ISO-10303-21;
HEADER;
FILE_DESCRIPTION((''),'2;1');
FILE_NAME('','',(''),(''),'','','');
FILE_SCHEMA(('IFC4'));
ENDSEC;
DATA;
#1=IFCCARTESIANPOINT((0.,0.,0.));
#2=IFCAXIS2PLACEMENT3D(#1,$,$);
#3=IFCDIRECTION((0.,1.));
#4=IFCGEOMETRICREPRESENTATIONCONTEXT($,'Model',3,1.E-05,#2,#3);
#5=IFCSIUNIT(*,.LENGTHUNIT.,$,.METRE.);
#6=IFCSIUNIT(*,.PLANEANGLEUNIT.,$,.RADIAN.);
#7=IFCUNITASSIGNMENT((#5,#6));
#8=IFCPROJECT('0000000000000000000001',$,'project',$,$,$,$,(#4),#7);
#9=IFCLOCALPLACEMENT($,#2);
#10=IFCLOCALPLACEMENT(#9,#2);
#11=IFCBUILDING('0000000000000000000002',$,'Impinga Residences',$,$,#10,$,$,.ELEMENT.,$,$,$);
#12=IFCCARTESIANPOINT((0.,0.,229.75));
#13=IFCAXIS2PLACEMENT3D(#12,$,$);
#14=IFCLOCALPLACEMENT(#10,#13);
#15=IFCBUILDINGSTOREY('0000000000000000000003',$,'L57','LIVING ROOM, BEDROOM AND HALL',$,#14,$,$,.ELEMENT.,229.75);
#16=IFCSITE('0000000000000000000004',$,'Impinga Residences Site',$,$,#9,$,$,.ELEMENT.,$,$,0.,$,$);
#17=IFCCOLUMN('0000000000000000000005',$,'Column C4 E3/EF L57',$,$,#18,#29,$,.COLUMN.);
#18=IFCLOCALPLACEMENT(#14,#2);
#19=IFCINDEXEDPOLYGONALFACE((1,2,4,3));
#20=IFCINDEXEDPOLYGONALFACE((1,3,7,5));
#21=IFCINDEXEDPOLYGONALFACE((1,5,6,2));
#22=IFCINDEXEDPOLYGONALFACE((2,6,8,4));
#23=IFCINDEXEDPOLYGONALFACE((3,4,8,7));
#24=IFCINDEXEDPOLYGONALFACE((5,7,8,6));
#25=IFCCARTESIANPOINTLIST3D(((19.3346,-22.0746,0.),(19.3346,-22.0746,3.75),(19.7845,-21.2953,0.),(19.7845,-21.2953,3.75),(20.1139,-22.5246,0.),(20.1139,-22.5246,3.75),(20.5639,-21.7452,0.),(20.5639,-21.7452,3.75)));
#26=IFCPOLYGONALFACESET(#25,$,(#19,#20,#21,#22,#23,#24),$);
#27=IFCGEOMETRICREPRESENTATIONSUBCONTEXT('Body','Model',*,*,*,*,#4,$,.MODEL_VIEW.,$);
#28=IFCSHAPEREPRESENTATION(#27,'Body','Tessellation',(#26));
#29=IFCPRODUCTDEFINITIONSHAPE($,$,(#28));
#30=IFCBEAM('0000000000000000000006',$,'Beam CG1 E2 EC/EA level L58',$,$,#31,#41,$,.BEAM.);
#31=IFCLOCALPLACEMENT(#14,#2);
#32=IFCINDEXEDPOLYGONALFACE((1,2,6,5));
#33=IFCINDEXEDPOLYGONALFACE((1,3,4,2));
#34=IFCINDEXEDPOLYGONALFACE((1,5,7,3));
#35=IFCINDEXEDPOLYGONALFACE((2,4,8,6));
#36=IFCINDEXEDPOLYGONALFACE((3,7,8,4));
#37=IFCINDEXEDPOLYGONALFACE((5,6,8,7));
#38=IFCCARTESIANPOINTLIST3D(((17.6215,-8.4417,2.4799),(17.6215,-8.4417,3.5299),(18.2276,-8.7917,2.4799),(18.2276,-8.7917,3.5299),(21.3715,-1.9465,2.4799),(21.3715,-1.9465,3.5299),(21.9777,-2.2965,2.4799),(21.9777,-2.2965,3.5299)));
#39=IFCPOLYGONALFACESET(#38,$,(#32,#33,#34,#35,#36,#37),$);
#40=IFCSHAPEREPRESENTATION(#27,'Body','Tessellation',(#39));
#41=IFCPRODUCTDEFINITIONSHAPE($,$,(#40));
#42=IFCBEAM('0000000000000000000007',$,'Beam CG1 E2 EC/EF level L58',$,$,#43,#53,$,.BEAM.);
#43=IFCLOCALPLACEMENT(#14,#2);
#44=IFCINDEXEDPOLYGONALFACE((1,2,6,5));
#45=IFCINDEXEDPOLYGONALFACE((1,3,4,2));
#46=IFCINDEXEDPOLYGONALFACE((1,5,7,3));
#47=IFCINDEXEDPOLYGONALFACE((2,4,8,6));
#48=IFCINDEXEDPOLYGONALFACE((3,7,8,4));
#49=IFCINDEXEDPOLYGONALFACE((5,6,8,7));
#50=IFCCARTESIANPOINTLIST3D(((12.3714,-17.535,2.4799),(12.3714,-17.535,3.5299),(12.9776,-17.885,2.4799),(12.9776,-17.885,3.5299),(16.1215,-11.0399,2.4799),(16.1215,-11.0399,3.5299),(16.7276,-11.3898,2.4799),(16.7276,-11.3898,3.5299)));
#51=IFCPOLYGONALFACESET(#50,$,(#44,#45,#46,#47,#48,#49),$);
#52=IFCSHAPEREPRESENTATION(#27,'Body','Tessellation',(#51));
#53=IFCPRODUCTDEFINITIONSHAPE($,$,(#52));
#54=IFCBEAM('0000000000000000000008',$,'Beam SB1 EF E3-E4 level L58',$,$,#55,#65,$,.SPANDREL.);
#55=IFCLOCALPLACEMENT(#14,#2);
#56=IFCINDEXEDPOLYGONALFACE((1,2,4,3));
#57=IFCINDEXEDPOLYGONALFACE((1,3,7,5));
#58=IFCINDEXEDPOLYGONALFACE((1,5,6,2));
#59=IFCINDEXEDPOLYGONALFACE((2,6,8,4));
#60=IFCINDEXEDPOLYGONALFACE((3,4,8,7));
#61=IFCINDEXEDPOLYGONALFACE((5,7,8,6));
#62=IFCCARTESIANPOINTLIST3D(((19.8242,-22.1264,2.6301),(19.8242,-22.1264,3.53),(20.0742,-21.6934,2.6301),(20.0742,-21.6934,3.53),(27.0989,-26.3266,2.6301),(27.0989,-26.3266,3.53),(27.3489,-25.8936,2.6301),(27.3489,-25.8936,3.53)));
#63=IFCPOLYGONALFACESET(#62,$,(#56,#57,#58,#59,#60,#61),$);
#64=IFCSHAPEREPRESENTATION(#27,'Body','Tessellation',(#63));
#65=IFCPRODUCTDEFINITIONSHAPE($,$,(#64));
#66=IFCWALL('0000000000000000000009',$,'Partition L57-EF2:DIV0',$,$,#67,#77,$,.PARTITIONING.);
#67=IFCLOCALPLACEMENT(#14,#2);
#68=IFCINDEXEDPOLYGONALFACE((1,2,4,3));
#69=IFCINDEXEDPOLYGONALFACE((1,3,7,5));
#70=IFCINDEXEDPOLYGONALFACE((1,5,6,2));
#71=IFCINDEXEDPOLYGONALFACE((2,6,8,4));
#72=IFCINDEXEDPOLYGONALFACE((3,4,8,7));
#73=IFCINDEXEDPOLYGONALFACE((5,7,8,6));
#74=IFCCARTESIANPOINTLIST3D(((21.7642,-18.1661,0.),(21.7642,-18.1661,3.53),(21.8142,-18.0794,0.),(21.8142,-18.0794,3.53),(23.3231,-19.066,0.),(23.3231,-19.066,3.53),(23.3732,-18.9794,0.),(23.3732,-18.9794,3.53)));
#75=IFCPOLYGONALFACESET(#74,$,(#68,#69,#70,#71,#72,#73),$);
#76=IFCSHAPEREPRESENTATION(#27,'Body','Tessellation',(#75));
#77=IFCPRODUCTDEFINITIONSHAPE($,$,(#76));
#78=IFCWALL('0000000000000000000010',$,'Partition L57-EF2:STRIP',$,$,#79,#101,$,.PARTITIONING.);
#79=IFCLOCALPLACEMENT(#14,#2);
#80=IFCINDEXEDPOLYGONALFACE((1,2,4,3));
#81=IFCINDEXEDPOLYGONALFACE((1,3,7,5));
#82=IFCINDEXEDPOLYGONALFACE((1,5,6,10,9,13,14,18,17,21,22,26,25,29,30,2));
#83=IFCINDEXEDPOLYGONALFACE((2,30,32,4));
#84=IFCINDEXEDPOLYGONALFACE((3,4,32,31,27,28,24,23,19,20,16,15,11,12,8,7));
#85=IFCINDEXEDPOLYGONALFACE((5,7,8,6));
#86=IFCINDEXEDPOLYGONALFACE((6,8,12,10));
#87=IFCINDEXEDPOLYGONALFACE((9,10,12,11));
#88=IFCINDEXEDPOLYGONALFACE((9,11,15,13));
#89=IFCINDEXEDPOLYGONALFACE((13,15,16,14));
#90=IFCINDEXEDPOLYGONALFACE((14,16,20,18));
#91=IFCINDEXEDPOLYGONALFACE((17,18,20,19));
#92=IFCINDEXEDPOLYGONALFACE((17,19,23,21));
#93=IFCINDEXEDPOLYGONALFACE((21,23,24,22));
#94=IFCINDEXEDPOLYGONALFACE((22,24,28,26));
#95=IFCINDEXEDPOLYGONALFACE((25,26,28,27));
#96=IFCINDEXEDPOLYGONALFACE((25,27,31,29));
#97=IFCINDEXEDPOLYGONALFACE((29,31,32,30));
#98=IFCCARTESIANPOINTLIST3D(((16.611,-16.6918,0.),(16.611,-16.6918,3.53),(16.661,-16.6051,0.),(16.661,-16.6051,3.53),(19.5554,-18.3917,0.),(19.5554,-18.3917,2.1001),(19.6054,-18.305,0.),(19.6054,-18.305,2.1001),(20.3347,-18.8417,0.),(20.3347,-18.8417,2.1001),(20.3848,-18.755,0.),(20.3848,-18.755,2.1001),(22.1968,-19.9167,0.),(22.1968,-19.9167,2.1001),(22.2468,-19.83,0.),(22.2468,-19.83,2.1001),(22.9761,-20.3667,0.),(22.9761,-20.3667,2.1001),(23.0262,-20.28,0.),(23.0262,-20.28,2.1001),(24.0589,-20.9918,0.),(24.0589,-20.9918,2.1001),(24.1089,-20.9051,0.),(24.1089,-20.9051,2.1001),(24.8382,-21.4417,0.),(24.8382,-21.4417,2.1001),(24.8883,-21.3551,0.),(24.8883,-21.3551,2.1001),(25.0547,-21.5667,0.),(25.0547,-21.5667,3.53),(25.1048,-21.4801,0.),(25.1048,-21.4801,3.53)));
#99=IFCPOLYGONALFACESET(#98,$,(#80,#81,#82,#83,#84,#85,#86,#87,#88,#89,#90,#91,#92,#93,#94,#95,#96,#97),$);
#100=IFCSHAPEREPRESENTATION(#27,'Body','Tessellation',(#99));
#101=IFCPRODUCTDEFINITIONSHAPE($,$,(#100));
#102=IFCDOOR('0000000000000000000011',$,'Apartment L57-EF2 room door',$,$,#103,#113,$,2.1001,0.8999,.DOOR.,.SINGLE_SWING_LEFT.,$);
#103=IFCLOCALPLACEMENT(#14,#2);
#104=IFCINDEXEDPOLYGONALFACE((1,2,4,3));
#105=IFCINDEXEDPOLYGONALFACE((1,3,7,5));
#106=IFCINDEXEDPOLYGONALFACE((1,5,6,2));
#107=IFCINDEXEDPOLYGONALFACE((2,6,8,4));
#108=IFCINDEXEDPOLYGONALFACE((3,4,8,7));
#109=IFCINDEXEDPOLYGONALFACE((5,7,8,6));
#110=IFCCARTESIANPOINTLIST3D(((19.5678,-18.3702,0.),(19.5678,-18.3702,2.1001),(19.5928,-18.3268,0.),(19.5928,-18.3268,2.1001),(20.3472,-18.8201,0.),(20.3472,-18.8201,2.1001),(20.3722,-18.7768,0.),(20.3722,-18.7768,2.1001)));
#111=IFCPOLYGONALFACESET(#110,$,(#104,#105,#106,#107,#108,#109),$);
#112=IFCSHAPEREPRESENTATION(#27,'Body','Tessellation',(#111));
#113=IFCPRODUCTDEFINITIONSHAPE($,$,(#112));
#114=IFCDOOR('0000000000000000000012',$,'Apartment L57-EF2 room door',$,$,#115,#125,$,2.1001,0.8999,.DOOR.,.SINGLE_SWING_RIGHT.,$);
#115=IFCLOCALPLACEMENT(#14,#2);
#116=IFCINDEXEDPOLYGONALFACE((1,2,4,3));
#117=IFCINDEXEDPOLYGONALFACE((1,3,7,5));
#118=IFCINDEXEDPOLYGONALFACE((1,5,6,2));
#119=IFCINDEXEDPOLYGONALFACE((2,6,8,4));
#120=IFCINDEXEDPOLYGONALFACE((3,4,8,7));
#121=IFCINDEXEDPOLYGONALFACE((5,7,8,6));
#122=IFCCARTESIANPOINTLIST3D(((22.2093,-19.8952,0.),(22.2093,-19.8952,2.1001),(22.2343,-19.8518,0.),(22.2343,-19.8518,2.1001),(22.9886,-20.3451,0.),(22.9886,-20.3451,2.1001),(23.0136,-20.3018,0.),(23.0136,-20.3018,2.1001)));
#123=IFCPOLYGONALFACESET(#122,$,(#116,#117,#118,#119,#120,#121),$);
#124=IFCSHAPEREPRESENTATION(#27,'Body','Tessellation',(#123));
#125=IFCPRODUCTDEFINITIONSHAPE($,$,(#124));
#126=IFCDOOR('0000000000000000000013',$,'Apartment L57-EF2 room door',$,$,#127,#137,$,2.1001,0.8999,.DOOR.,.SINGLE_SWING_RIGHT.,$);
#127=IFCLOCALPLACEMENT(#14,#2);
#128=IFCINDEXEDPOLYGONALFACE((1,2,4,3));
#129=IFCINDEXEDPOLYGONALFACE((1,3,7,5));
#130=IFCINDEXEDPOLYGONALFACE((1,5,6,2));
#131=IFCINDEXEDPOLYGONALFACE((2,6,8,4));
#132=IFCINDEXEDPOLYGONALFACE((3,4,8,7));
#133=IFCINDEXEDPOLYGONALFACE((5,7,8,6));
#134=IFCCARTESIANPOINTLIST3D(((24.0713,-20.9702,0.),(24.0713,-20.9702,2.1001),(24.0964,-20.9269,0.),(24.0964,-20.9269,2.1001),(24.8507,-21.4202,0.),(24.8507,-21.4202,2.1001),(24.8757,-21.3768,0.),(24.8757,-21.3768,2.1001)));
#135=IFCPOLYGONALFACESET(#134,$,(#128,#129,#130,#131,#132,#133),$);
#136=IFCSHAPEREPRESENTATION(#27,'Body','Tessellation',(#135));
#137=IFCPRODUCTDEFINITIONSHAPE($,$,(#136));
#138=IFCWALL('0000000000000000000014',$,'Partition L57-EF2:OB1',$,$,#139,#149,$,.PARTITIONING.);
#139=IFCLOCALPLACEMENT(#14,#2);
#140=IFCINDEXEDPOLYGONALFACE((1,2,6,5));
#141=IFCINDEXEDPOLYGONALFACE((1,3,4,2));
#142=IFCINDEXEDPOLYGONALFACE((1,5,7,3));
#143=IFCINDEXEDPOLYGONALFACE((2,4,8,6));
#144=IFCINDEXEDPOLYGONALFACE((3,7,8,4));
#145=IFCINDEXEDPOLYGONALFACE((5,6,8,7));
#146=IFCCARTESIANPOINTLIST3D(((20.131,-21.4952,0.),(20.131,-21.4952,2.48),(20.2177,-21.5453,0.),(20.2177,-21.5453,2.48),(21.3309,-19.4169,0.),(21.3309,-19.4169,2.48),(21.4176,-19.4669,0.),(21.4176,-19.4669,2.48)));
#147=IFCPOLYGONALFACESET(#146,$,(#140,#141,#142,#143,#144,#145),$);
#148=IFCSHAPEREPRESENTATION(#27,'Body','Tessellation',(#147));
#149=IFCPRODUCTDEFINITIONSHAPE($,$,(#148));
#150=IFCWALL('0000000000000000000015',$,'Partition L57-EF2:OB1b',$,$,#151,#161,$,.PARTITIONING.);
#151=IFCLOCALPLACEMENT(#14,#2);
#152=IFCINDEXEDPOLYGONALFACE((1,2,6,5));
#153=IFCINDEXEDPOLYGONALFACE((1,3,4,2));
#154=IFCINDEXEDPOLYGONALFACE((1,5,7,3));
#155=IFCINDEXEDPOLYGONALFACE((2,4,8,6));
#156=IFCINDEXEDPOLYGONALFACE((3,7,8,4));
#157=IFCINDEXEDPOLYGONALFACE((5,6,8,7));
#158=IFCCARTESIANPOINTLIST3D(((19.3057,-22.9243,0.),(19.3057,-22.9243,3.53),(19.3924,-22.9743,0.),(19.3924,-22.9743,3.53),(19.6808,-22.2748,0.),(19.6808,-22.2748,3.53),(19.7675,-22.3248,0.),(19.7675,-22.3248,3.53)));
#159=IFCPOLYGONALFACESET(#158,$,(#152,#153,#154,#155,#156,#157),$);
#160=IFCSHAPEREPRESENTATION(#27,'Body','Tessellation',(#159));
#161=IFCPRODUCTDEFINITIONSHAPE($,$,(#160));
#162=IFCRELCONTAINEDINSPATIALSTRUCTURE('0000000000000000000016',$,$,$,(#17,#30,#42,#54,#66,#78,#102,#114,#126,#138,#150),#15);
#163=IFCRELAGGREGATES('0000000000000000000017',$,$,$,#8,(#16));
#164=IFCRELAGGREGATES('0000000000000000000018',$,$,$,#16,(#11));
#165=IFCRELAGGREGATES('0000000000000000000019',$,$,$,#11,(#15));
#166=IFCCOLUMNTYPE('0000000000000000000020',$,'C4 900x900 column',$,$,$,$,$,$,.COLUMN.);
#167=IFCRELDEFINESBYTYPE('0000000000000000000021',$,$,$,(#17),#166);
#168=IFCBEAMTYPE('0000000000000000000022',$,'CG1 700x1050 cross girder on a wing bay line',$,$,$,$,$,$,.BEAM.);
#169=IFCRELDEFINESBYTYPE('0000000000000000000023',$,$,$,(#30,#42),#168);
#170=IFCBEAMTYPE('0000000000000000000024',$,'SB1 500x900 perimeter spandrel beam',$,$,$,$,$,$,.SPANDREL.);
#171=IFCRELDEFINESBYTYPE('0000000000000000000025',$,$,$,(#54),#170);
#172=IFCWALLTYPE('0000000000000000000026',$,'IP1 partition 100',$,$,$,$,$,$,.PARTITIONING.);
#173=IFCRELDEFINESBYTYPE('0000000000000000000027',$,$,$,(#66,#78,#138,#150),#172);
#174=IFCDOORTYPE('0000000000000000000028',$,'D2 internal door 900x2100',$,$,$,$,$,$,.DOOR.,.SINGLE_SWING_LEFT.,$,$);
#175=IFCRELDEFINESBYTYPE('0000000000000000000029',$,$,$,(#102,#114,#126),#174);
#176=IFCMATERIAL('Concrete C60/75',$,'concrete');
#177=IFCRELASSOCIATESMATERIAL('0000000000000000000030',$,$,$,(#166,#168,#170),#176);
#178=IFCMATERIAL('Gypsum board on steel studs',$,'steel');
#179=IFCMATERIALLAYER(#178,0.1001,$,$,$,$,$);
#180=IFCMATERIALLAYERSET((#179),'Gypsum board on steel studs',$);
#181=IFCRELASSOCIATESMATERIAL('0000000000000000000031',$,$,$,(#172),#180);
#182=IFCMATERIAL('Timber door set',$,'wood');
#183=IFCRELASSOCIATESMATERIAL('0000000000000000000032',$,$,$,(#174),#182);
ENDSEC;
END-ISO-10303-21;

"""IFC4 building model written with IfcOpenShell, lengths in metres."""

from ifc_helpers import new_model, si_unit, direction, frame, frame_2d, origin, origin_2d, place, context, subcontext, project, spatial, rectangle, extrude, material, layer, layer_set, material_profile, profile_set, type_object, element, fill, save


model = new_model("IFC4")

# Units and contexts
model_context = context("Model", 3, precision=1e-05, world=origin(), true_north=direction((0.0, 1.0)))
body_context = subcontext(model_context, "Body", "Model", "MODEL_VIEW")
ifc_project = project(units=[si_unit("LENGTHUNIT", "METRE"), si_unit("PLANEANGLEUNIT", "RADIAN")], contexts=[model_context])

# Site, building, storey
site_placement = place(None, origin())
site = spatial("IfcSite", under=ifc_project, at=site_placement, Name="Impinga Residences Site", CompositionType="ELEMENT", RefElevation=0.0)
building_placement = place(site_placement, origin())
building = spatial("IfcBuilding", under=site, at=building_placement, Name="Impinga Residences", CompositionType="ELEMENT")
storey_placement = place(building_placement, frame((0.0, 0.0, 229.75)))
storey = spatial("IfcBuildingStorey", under=building, at=storey_placement, Name="L57", Description="LIVING ROOM, BEDROOM AND HALL", CompositionType="ELEMENT", Elevation=229.75)

# Column
ifc_material_1 = material(Name="Concrete C60/75", Category="concrete")
ifc_material_profile_1 = material_profile(ifc_material_1, rectangle(XDim=0.8999, YDim=0.8999, at=origin_2d()), Name="RC 900x900")
ifc_profile_set_1 = profile_set([ifc_material_profile_1], Name="Concrete C60/75")
column_type = type_object("IfcColumnType", Name="C4 900x900 column", PredefinedType="COLUMN", material=ifc_profile_set_1)
column_placement = place(storey_placement, frame((19.9492, -21.9099, 0.0), z_axis=(0.0, 0.0, 1.0), x_axis=(-0.5, -0.866025, 0.0)))
element("IfcColumn", 1, at=column_placement, inside=storey, type_object=column_type, Name="Column C4 E3/EF L57", PredefinedType="COLUMN", context=body_context, shape_type="SweptSolid", body=[
    extrude(rectangle(XDim=0.8999, YDim=0.8999, at=origin_2d()), origin(), (0.0, 0.0, 1.0), 3.75),
])

# Beams
ifc_material_profile_2 = material_profile(ifc_material_1, rectangle(XDim=0.7, YDim=1.05, at=origin_2d()), Name="RC 700x1050")
ifc_profile_set_2 = profile_set([ifc_material_profile_2], Name="Concrete C60/75")
beam_type_1 = type_object("IfcBeamType", Name="CG1 700x1050 cross girder on a wing bay line", PredefinedType="BEAM", material=ifc_profile_set_2)
for number, where, z_axis, x_axis, name in (
    (2, (17.9246, -8.6167, 3.0049), (0.500004, 0.866023, 0.0), (-0.866023, 0.500004, 0.0), "Beam CG1 E2 EC/EA level L58"),
    (3, (16.4246, -11.2148, 3.0049), (-0.500004, -0.866023, 0.0), (0.866023, -0.500004, 0.0), "Beam CG1 E2 EC/EF level L58"),
):
    element("IfcBeam", number, at=place(storey_placement, frame(where, z_axis=z_axis, x_axis=x_axis)), inside=storey, type_object=beam_type_1, Name=name, PredefinedType="BEAM", context=body_context, shape_type="SweptSolid", body=[
        extrude(rectangle(XDim=0.7, YDim=1.05, at=origin_2d()), origin(), (0.0, 0.0, 1.0), 7.5),
    ])
ifc_material_profile_3 = material_profile(ifc_material_1, rectangle(XDim=0.5, YDim=0.8999, at=origin_2d()), Name="RC 500x900")
ifc_profile_set_3 = profile_set([ifc_material_profile_3], Name="Concrete C60/75")
beam_type_2 = type_object("IfcBeamType", Name="SB1 500x900 perimeter spandrel beam", PredefinedType="SPANDREL", material=ifc_profile_set_3)
beam_placement = place(storey_placement, frame((19.9492, -21.9099, 3.0801), z_axis=(0.866017, -0.500015, 0.0), x_axis=(0.500015, 0.866017, 0.0)))
element("IfcBeam", 4, at=beam_placement, inside=storey, type_object=beam_type_2, Name="Beam SB1 EF E3-E4 level L58", PredefinedType="SPANDREL", context=body_context, shape_type="SweptSolid", body=[
    extrude(rectangle(XDim=0.5, YDim=0.8999, at=origin_2d()), origin(), (0.0, 0.0, 1.0), 8.4001),
])

# Wall
ifc_material_2 = material(Name="Gypsum board on steel studs", Category="steel")
ifc_layer_1 = layer(ifc_material_2, 0.1001)
ifc_layer_set_1 = layer_set([ifc_layer_1], Name="Gypsum board on steel studs")
wall_type_1 = type_object("IfcWallType", Name="IP1 partition 100", PredefinedType="PARTITIONING", material=ifc_layer_set_1)
wall_1_placement = place(storey_placement, frame((21.7893, -18.1228, 0.0), z_axis=(0.0, 0.0, 1.0), x_axis=(0.866048, -0.499961, 0.0)))
element("IfcWall", 5, at=wall_1_placement, inside=storey, type_object=wall_type_1, Name="Partition L57-EF2:DIV0", PredefinedType="PARTITIONING", context=body_context, shape_type="SweptSolid", body=[
    extrude(rectangle(XDim=1.8, YDim=0.1001, at=frame_2d((0.8999, 0.0))), origin(), (0.0, 0.0, 1.0), 3.53),
])

# Wall, openings, doors
wall_2_placement = place(storey_placement, frame((16.636, -16.6484, 0.0), z_axis=(0.0, 0.0, 1.0), x_axis=(0.866028, -0.499996, 0.0)))
wall_2 = element("IfcWall", 6, at=wall_2_placement, inside=storey, type_object=wall_type_1, Name="Partition L57-EF2:STRIP", PredefinedType="PARTITIONING", context=body_context, shape_type="SweptSolid", body=[
    extrude(rectangle(XDim=9.75, YDim=0.1001, at=frame_2d((4.875, 0.0))), origin(), (0.0, 0.0, 1.0), 3.53),
])
opening_1_placement = place(wall_2_placement, frame((3.3999, 0.0, 0.0)))
opening_1 = element("IfcOpeningElement", 7, at=opening_1_placement, cuts=wall_2, PredefinedType="OPENING", context=body_context, shape_type="SweptSolid", body=[
    extrude(rectangle(XDim=0.8999, YDim=2.1001, at=frame_2d((0.45, 1.05))), frame((0.0, 0.0601, 0.0), z_axis=(0.0, -1.0, 0.0), x_axis=(1.0, 0.0, 0.0)), (0.0, 0.0, 1.0), 0.1201),
])
opening_2_placement = place(wall_2_placement, frame((6.45, 0.0, 0.0)))
opening_2 = element("IfcOpeningElement", 8, at=opening_2_placement, cuts=wall_2, PredefinedType="OPENING", context=body_context, shape_type="SweptSolid", body=[
    extrude(rectangle(XDim=0.8999, YDim=2.1001, at=frame_2d((0.45, 1.05))), frame((0.0, 0.0601, 0.0), z_axis=(0.0, -1.0, 0.0), x_axis=(1.0, 0.0, 0.0)), (0.0, 0.0, 1.0), 0.1201),
])
opening_3_placement = place(wall_2_placement, frame((8.6001, 0.0, 0.0)))
opening_3 = element("IfcOpeningElement", 9, at=opening_3_placement, cuts=wall_2, PredefinedType="OPENING", context=body_context, shape_type="SweptSolid", body=[
    extrude(rectangle(XDim=0.8999, YDim=2.1001, at=frame_2d((0.45, 1.05))), frame((0.0, 0.0601, 0.0), z_axis=(0.0, -1.0, 0.0), x_axis=(1.0, 0.0, 0.0)), (0.0, 0.0, 1.0), 0.1201),
])
ifc_material_3 = material(Name="Timber door set", Category="wood")
door_type = type_object("IfcDoorType", Name="D2 internal door 900x2100", OperationType="SINGLE_SWING_LEFT", PredefinedType="DOOR", material=ifc_material_3)
door_1_placement = place(opening_1_placement, origin())
door_1 = element("IfcDoor", 10, at=door_1_placement, inside=storey, type_object=door_type, Name="Apartment L57-EF2 room door", OperationType="SINGLE_SWING_LEFT", OverallHeight=2.1001, OverallWidth=0.8999, PredefinedType="DOOR", context=body_context, shape_type="SweptSolid", body=[
    extrude(rectangle(XDim=0.8999, YDim=2.1001, at=frame_2d((0.45, 1.05))), frame((0.0, 0.0249, 0.0), z_axis=(0.0, -1.0, 0.0), x_axis=(1.0, 0.0, 0.0)), (0.0, 0.0, 1.0), 0.05),
])
fill(opening_1, door_1)
door_2_placement = place(opening_2_placement, origin())
door_2 = element("IfcDoor", 11, at=door_2_placement, inside=storey, type_object=door_type, Name="Apartment L57-EF2 room door", OperationType="SINGLE_SWING_RIGHT", OverallHeight=2.1001, OverallWidth=0.8999, PredefinedType="DOOR", context=body_context, shape_type="SweptSolid", body=[
    extrude(rectangle(XDim=0.8999, YDim=2.1001, at=frame_2d((0.45, 1.05))), frame((0.0, 0.0249, 0.0), z_axis=(0.0, -1.0, 0.0), x_axis=(1.0, 0.0, 0.0)), (0.0, 0.0, 1.0), 0.05),
])
fill(opening_2, door_2)
door_3_placement = place(opening_3_placement, origin())
door_3 = element("IfcDoor", 12, at=door_3_placement, inside=storey, type_object=door_type, Name="Apartment L57-EF2 room door", OperationType="SINGLE_SWING_RIGHT", OverallHeight=2.1001, OverallWidth=0.8999, PredefinedType="DOOR", context=body_context, shape_type="SweptSolid", body=[
    extrude(rectangle(XDim=0.8999, YDim=2.1001, at=frame_2d((0.45, 1.05))), frame((0.0, 0.0249, 0.0), z_axis=(0.0, -1.0, 0.0), x_axis=(1.0, 0.0, 0.0)), (0.0, 0.0, 1.0), 0.05),
])
fill(opening_3, door_3)

# Walls
wall_3_placement = place(storey_placement, frame((21.3743, -19.4419, 0.0), z_axis=(0.0, 0.0, 1.0), x_axis=(-0.500001, -0.866025, 0.0)))
element("IfcWall", 13, at=wall_3_placement, inside=storey, type_object=wall_type_1, Name="Partition L57-EF2:OB1", PredefinedType="PARTITIONING", context=body_context, shape_type="SweptSolid", body=[
    extrude(rectangle(XDim=2.3999, YDim=0.1001, at=frame_2d((1.2, 0.0))), origin(), (0.0, 0.0, 1.0), 2.48),
])
wall_4_placement = place(storey_placement, frame((19.7241, -22.2998, 0.0), z_axis=(0.0, 0.0, 1.0), x_axis=(-0.500061, -0.86599, 0.0)))
element("IfcWall", 14, at=wall_4_placement, inside=storey, type_object=wall_type_1, Name="Partition L57-EF2:OB1b", PredefinedType="PARTITIONING", context=body_context, shape_type="SweptSolid", body=[
    extrude(rectangle(XDim=0.75, YDim=0.1001, at=frame_2d((0.375, 0.0))), origin(), (0.0, 0.0, 1.0), 3.53),
])

save(model, "model.ifc")
